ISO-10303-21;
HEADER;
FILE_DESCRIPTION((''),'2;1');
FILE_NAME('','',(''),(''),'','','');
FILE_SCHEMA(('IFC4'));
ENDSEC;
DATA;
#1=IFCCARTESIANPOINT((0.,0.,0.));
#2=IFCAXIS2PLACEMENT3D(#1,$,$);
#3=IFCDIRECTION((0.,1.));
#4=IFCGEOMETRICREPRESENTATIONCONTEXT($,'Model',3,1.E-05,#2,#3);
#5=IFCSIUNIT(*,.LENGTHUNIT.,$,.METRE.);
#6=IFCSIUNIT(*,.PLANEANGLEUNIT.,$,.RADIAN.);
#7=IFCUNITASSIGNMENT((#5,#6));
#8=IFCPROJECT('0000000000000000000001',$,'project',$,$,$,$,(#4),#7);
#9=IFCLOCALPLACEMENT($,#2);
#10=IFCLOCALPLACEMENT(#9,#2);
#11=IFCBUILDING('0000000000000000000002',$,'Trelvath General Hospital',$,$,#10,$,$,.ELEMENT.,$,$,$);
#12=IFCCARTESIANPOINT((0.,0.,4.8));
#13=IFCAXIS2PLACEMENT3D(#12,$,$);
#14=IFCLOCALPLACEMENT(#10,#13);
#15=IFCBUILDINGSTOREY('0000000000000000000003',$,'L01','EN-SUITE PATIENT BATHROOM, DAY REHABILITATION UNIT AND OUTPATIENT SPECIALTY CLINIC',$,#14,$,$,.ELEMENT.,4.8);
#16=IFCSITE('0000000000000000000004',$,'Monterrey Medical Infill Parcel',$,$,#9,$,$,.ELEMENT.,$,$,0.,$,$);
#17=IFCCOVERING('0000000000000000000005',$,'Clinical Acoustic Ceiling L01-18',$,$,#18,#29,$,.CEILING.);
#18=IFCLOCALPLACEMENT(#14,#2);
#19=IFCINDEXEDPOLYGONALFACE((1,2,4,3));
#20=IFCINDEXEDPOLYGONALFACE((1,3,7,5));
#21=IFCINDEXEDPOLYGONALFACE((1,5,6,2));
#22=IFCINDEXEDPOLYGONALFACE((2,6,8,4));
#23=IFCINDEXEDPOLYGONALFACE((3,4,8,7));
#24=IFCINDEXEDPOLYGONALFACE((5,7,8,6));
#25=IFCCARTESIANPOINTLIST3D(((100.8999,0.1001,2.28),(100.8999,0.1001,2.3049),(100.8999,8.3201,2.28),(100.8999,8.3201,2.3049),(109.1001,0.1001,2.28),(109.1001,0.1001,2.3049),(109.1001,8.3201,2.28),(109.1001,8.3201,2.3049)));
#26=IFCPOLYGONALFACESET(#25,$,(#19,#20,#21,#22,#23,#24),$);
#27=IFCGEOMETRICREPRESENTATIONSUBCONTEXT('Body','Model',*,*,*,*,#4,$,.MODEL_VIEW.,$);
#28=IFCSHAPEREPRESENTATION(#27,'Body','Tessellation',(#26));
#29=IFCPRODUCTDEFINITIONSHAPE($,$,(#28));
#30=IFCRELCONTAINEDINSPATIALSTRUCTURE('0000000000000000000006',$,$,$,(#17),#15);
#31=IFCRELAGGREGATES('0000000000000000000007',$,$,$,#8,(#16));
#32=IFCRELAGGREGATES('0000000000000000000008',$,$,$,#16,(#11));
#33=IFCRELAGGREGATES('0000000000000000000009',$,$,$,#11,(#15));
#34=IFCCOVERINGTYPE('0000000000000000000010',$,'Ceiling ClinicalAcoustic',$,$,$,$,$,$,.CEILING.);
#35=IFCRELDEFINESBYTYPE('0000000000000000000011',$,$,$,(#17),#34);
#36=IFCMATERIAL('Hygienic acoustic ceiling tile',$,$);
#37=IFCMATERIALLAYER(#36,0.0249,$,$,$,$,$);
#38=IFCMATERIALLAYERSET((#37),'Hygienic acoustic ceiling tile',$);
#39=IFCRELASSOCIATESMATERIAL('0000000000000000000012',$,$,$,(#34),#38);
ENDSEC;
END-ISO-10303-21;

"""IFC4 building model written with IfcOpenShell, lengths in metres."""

from ifc_helpers import new_model, si_unit, direction, frame, origin, place, context, subcontext, project, spatial, polyline, outline, extrude, material, layer, layer_set, type_object, element, save


model = new_model("IFC4")

# Units and contexts
model_context = context("Model", 3, precision=1e-05, world=origin(), true_north=direction((0.0, 1.0)))
body_context = subcontext(model_context, "Body", "Model", "MODEL_VIEW")
ifc_project = project(units=[si_unit("LENGTHUNIT", "METRE"), si_unit("PLANEANGLEUNIT", "RADIAN")], contexts=[model_context])

# Site, building, storey
site_placement = place(None, origin())
site = spatial("IfcSite", under=ifc_project, at=site_placement, Name="Monterrey Medical Infill Parcel", CompositionType="ELEMENT", RefElevation=0.0)
building_placement = place(site_placement, origin())
building = spatial("IfcBuilding", under=site, at=building_placement, Name="Trelvath General Hospital", CompositionType="ELEMENT")
storey_placement = place(building_placement, frame((0.0, 0.0, 4.8)))
storey = spatial("IfcBuildingStorey", under=building, at=storey_placement, Name="L01", Description="EN-SUITE PATIENT BATHROOM, DAY REHABILITATION UNIT AND OUTPATIENT SPECIALTY CLINIC", CompositionType="ELEMENT", Elevation=4.8)

# Covering
ifc_material_1 = material(Name="Hygienic acoustic ceiling tile")
ifc_layer_1 = layer(ifc_material_1, 0.0249)
ifc_layer_set_1 = layer_set([ifc_layer_1], Name="Hygienic acoustic ceiling tile")
covering_type = type_object("IfcCoveringType", Name="Ceiling ClinicalAcoustic", PredefinedType="CEILING", material=ifc_layer_set_1)
covering_1_placement = place(storey_placement, frame((0.0, 0.0, 2.28)))
element("IfcCovering", 1, at=covering_1_placement, inside=storey, type_object=covering_type, Name="Clinical Acoustic Ceiling L01-18", PredefinedType="CEILING", context=body_context, shape_type="SweptSolid", body=[
    extrude(outline(polyline([(100.8999, 0.1001), (109.1001, 0.1001), (109.1001, 8.3201), (100.8999, 8.3201), (100.8999, 0.1001)])), origin(), (0.0, 0.0, 1.0), 0.0249),
])

save(model, "model.ifc")
